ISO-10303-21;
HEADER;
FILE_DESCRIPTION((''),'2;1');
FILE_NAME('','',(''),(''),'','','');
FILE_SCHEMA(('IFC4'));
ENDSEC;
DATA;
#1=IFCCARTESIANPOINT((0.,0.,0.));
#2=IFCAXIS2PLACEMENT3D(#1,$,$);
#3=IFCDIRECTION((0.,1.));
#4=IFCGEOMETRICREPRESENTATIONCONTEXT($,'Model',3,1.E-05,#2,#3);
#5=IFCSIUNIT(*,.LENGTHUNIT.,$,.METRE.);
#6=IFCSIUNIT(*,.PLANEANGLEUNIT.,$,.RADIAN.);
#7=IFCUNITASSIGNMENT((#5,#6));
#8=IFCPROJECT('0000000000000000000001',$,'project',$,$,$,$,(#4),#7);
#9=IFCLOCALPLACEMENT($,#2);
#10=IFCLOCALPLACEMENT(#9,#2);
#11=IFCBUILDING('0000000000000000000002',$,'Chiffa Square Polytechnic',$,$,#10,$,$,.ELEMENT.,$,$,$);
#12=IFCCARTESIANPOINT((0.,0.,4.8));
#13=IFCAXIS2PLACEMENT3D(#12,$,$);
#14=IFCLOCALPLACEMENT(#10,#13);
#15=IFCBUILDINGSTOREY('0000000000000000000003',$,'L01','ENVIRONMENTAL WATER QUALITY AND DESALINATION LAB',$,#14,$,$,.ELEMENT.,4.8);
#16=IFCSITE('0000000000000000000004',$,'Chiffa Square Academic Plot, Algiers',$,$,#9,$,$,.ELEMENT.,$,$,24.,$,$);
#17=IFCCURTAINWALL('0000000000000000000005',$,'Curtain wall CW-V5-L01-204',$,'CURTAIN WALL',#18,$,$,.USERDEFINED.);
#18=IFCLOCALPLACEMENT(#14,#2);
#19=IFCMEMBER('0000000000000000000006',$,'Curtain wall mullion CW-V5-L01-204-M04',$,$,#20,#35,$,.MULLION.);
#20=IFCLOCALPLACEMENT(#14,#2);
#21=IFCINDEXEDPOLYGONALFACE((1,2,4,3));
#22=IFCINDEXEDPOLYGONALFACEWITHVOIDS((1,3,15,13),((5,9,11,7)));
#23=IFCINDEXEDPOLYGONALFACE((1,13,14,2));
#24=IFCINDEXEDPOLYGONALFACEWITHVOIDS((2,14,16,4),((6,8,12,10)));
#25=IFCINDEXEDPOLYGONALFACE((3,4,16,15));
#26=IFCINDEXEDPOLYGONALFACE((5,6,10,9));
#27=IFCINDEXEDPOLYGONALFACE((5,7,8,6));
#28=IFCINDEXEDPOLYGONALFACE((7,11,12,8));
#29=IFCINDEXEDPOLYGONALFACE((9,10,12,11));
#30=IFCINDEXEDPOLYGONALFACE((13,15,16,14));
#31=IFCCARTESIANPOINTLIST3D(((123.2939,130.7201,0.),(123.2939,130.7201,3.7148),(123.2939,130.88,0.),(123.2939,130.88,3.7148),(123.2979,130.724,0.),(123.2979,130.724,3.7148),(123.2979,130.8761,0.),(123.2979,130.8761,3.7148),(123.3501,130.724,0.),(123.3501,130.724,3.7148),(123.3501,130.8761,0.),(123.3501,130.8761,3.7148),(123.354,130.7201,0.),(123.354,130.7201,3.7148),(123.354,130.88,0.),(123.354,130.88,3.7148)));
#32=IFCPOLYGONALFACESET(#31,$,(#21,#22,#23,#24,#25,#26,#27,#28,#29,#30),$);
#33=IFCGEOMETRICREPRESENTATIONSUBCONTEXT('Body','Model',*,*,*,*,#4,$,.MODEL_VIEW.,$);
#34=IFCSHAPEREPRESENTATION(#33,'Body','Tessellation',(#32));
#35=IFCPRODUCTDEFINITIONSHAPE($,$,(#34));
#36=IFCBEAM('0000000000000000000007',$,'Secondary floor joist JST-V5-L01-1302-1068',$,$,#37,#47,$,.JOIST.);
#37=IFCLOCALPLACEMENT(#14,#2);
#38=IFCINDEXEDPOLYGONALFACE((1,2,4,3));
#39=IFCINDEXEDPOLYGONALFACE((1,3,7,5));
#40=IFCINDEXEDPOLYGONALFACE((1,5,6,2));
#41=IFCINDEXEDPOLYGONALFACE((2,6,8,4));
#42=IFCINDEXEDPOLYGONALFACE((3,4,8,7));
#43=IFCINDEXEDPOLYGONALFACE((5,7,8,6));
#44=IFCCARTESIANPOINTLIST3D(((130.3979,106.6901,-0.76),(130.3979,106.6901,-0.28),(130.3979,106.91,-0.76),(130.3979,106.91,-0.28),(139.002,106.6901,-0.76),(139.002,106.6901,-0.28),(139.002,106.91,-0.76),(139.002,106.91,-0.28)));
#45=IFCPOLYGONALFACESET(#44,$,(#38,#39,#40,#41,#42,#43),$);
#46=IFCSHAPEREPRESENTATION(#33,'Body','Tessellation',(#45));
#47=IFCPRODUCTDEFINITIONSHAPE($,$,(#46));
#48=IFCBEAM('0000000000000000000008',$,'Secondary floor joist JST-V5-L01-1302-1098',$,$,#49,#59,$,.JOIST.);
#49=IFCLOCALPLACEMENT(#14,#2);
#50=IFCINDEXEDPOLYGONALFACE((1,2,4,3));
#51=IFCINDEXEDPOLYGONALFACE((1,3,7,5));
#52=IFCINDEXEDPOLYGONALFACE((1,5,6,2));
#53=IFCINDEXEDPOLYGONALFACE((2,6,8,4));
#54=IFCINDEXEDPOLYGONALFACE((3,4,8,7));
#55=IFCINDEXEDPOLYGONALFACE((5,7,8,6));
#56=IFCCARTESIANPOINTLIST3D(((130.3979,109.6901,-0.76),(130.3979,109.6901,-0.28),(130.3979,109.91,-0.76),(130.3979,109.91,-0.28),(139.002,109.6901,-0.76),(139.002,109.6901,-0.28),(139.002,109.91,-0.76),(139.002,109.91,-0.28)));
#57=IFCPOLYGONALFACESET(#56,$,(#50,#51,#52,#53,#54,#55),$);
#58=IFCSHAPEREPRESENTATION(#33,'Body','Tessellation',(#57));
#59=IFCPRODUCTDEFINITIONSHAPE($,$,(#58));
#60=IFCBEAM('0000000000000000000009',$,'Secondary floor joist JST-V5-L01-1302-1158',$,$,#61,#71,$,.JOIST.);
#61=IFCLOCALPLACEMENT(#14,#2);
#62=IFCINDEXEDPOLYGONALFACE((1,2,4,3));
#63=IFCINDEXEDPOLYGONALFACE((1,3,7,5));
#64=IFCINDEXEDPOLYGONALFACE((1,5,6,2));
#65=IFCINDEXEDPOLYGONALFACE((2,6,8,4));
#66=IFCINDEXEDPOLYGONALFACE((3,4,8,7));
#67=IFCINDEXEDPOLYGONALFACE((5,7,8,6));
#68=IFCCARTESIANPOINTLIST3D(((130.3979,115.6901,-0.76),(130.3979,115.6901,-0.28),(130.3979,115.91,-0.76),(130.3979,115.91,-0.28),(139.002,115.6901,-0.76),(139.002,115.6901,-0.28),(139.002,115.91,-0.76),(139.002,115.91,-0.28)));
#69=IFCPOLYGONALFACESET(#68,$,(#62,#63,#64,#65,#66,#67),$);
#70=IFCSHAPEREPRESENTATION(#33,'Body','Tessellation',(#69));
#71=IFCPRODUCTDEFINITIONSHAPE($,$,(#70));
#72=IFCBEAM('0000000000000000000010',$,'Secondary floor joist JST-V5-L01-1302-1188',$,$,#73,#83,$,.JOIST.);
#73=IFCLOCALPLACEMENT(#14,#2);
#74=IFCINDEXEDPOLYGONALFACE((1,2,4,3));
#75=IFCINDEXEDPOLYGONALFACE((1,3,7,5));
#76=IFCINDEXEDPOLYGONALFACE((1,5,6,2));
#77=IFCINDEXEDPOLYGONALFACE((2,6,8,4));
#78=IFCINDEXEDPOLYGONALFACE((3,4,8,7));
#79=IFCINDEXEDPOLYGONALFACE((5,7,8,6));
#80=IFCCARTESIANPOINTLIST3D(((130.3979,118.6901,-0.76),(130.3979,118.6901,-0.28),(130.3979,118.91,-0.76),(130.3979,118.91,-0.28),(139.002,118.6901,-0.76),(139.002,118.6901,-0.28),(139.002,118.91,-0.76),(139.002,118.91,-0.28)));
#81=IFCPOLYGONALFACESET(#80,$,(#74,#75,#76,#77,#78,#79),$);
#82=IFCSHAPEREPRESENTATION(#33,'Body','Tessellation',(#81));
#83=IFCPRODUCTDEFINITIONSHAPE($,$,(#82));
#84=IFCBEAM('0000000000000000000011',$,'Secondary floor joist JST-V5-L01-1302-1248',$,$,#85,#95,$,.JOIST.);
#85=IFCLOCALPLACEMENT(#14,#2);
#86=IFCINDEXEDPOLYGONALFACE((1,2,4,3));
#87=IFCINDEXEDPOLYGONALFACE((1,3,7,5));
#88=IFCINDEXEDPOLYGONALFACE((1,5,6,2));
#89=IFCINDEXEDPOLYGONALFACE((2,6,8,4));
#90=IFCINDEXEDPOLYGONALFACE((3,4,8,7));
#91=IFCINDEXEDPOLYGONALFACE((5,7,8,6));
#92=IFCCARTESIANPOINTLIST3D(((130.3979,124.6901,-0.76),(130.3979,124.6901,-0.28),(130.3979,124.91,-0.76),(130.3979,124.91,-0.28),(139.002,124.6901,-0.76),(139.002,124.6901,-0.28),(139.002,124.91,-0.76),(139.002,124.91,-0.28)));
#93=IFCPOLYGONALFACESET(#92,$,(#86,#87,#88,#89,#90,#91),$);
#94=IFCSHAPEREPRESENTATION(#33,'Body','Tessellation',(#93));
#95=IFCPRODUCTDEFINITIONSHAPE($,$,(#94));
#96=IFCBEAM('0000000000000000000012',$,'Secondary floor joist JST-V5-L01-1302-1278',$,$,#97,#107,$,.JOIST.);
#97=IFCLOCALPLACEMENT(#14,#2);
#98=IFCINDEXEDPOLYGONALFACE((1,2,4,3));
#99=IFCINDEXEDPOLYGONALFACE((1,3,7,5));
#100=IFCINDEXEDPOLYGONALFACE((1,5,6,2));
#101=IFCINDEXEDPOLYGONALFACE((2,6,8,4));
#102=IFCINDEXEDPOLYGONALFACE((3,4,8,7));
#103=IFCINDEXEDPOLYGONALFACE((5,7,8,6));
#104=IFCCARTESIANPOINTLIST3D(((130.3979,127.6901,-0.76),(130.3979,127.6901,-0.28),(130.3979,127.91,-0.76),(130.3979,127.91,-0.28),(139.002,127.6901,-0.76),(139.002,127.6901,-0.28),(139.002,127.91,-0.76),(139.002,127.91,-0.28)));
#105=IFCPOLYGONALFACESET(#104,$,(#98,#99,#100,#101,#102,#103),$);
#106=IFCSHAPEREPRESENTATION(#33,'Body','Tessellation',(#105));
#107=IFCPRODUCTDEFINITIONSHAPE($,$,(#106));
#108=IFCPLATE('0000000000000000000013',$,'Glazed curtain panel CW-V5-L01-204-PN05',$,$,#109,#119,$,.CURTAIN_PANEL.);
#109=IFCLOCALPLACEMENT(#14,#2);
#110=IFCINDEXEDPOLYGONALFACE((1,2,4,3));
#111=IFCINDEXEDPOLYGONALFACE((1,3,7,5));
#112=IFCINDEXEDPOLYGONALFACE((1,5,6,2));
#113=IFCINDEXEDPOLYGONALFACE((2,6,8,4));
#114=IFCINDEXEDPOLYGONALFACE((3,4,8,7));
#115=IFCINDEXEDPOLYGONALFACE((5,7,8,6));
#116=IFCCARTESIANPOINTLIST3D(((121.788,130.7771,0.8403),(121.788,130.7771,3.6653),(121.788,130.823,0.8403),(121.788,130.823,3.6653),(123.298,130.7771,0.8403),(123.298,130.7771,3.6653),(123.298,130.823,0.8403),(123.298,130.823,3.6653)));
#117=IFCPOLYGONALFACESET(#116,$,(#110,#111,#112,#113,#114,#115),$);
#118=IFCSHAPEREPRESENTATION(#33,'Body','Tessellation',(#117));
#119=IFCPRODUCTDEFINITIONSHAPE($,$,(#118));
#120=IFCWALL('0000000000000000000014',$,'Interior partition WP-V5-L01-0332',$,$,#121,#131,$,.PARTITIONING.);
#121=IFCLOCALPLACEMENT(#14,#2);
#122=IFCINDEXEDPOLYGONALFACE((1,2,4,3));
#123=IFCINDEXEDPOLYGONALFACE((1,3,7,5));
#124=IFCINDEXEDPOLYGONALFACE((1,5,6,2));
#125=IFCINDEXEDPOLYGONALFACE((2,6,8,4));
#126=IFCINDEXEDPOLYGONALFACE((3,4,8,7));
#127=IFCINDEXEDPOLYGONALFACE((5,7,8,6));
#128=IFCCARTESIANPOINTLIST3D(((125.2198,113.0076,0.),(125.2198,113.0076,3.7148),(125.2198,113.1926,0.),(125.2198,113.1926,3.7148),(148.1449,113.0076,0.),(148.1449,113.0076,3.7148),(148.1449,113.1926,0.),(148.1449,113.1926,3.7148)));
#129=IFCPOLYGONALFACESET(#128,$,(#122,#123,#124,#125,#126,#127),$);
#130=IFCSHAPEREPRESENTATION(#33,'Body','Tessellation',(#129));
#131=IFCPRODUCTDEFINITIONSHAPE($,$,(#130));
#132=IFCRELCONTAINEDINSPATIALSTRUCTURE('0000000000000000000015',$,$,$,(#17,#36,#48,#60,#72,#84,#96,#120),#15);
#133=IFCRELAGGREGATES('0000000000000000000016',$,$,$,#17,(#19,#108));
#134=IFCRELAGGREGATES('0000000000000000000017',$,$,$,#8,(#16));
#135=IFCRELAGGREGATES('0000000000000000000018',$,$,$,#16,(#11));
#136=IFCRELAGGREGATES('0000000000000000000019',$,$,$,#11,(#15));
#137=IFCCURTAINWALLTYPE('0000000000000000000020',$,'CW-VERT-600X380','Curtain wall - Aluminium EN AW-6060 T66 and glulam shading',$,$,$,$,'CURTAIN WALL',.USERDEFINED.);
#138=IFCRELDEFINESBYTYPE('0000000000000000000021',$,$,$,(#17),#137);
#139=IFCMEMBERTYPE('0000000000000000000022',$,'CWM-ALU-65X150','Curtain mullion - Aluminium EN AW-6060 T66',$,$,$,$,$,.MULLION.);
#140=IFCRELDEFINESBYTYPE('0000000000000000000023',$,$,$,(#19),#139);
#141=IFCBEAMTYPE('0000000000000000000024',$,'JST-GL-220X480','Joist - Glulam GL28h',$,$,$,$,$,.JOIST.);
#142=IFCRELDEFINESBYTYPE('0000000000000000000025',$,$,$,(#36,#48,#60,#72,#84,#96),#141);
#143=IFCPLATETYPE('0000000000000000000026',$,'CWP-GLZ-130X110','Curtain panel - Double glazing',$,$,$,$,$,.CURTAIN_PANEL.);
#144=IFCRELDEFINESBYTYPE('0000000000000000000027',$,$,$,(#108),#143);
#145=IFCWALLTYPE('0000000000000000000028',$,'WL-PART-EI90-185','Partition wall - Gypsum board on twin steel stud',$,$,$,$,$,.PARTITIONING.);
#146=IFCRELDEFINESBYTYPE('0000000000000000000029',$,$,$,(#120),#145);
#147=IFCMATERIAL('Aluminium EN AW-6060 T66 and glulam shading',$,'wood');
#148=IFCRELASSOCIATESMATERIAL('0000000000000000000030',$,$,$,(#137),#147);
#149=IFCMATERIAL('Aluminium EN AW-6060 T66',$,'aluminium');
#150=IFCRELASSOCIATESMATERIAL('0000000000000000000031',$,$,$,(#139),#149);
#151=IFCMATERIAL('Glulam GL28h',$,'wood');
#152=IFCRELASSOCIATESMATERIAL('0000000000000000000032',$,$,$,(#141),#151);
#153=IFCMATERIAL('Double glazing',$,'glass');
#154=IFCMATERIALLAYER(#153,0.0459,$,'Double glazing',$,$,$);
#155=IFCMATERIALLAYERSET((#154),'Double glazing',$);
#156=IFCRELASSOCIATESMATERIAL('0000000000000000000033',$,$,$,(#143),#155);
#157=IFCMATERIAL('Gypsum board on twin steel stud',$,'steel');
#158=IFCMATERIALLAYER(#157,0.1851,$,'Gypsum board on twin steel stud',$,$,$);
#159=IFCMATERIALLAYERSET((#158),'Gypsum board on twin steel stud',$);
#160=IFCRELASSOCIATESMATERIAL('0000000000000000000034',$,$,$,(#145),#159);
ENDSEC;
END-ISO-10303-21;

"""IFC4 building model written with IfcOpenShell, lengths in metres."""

from ifc_helpers import new_model, si_unit, direction, frame, frame_2d, origin, origin_2d, place, context, subcontext, project, spatial, rectangle, hollow_rectangle, extrude, material, layer, layer_set, material_profile, profile_set, type_object, element, aggregate, save


model = new_model("IFC4")

# Units and contexts
model_context = context("Model", 3, precision=1e-05, world=origin(), true_north=direction((0.0, 1.0)))
body_context = subcontext(model_context, "Body", "Model", "MODEL_VIEW")
ifc_project = project(units=[si_unit("LENGTHUNIT", "METRE"), si_unit("PLANEANGLEUNIT", "RADIAN")], contexts=[model_context])

# Site, building, storey
site_placement = place(None, origin())
site = spatial("IfcSite", under=ifc_project, at=site_placement, Name="Chiffa Square Academic Plot, Algiers", CompositionType="ELEMENT", RefElevation=24.0)
building_placement = place(site_placement, origin())
building = spatial("IfcBuilding", under=site, at=building_placement, Name="Chiffa Square Polytechnic", CompositionType="ELEMENT")
storey_placement = place(building_placement, frame((0.0, 0.0, 4.8)))
storey = spatial("IfcBuildingStorey", under=building, at=storey_placement, Name="L01", Description="ENVIRONMENTAL WATER QUALITY AND DESALINATION LAB", CompositionType="ELEMENT", Elevation=4.8)

# Curtain wall, member
ifc_material_1 = material(Name="Aluminium EN AW-6060 T66 and glulam shading", Category="wood")
curtain_wall_type = type_object("IfcCurtainWallType", Name="CW-VERT-600X380", Description="Curtain wall - Aluminium EN AW-6060 T66 and glulam shading", ElementType="CURTAIN WALL", PredefinedType="USERDEFINED", material=ifc_material_1)
curtain_wall_placement = place(storey_placement, origin())
curtain_wall = element("IfcCurtainWall", 1, at=curtain_wall_placement, inside=storey, type_object=curtain_wall_type, Name="Curtain wall CW-V5-L01-204", ObjectType="CURTAIN WALL", PredefinedType="USERDEFINED")
ifc_material_2 = material(Name="Aluminium EN AW-6060 T66", Category="aluminium")
ifc_material_profile_1 = material_profile(ifc_material_2, hollow_rectangle(XDim=0.0601, YDim=0.1599, WallThickness=0.0039, at=origin_2d()), Name="ALU 60x160x4")
ifc_profile_set_1 = profile_set([ifc_material_profile_1], Name="Aluminium EN AW-6060 T66")
member_type = type_object("IfcMemberType", Name="CWM-ALU-65X150", Description="Curtain mullion - Aluminium EN AW-6060 T66", PredefinedType="MULLION", material=ifc_profile_set_1)
member_placement = place(storey_placement, frame((123.324, 130.8, 0.0), z_axis=(0.0, 0.0, 1.0), x_axis=(1.0, 0.0, 0.0)))
member = element("IfcMember", 2, at=member_placement, type_object=member_type, Name="Curtain wall mullion CW-V5-L01-204-M04", PredefinedType="MULLION", context=body_context, shape_type="SweptSolid", body=[
    extrude(hollow_rectangle(XDim=0.0601, YDim=0.1599, WallThickness=0.0039, at=origin_2d()), origin(), (0.0, 0.0, 1.0), 3.7148),
])

# Beams
ifc_material_3 = material(Name="Glulam GL28h", Category="wood")
ifc_material_profile_2 = material_profile(ifc_material_3, rectangle(XDim=0.22, YDim=0.48, at=origin_2d()), Name="GL28h 220x480")
ifc_profile_set_2 = profile_set([ifc_material_profile_2], Name="Glulam GL28h")
beam_type_1 = type_object("IfcBeamType", Name="JST-GL-220X480", Description="Joist - Glulam GL28h", PredefinedType="JOIST", material=ifc_profile_set_2)
for number, where, z_axis, x_axis, name in (
    (3, (130.3979, 106.8, -0.52), (1.0, 0.0, 0.0), (0.0, 1.0, 0.0), "Secondary floor joist JST-V5-L01-1302-1068"),
    (4, (130.3979, 109.8, -0.52), (1.0, 0.0, 0.0), (0.0, 1.0, 0.0), "Secondary floor joist JST-V5-L01-1302-1098"),
    (5, (130.3979, 115.8, -0.52), (1.0, 0.0, 0.0), (0.0, 1.0, 0.0), "Secondary floor joist JST-V5-L01-1302-1158"),
    (6, (130.3979, 118.8, -0.52), (1.0, 0.0, 0.0), (0.0, 1.0, 0.0), "Secondary floor joist JST-V5-L01-1302-1188"),
    (7, (130.3979, 124.8, -0.52), (1.0, 0.0, 0.0), (0.0, 1.0, 0.0), "Secondary floor joist JST-V5-L01-1302-1248"),
    (8, (130.3979, 127.8, -0.52), (1.0, 0.0, 0.0), (0.0, 1.0, 0.0), "Secondary floor joist JST-V5-L01-1302-1278"),
):
    element("IfcBeam", number, at=place(storey_placement, frame(where, z_axis=z_axis, x_axis=x_axis)), inside=storey, type_object=beam_type_1, Name=name, PredefinedType="JOIST", context=body_context, shape_type="SweptSolid", body=[
        extrude(rectangle(XDim=0.22, YDim=0.48, at=origin_2d()), origin(), (0.0, 0.0, 1.0), 8.604),
    ])

# Plate
ifc_material_4 = material(Name="Double glazing", Category="glass")
ifc_layer_1 = layer(ifc_material_4, 0.0459, Name="Double glazing")
ifc_layer_set_1 = layer_set([ifc_layer_1], Name="Double glazing")
plate_type = type_object("IfcPlateType", Name="CWP-GLZ-130X110", Description="Curtain panel - Double glazing", PredefinedType="CURTAIN_PANEL", material=ifc_layer_set_1)
plate_placement = place(storey_placement, frame((122.543, 130.8, 0.8403), z_axis=(0.0, 0.0, 1.0), x_axis=(-1.0, 0.0, 0.0)))
plate = element("IfcPlate", 9, at=plate_placement, type_object=plate_type, Name="Glazed curtain panel CW-V5-L01-204-PN05", PredefinedType="CURTAIN_PANEL", context=body_context, shape_type="SweptSolid", body=[
    extrude(rectangle(XDim=1.51, YDim=0.0459, at=origin_2d()), origin(), (0.0, 0.0, 1.0), 2.825),
])
aggregate(curtain_wall, [member, plate])

# Wall
ifc_material_5 = material(Name="Gypsum board on twin steel stud", Category="steel")
ifc_layer_2 = layer(ifc_material_5, 0.1851, Name="Gypsum board on twin steel stud")
ifc_layer_set_2 = layer_set([ifc_layer_2], Name="Gypsum board on twin steel stud")
wall_type = type_object("IfcWallType", Name="WL-PART-EI90-185", Description="Partition wall - Gypsum board on twin steel stud", PredefinedType="PARTITIONING", material=ifc_layer_set_2)
wall_placement = place(storey_placement, frame((125.22, 113.1001, 0.0), z_axis=(0.0, 0.0, 1.0), x_axis=(1.0, 0.0, 0.0)))
element("IfcWall", 10, at=wall_placement, inside=storey, type_object=wall_type, Name="Interior partition WP-V5-L01-0332", PredefinedType="PARTITIONING", context=body_context, shape_type="SweptSolid", body=[
    extrude(rectangle(XDim=22.925, YDim=0.1851, at=frame_2d((11.4624, 0.0))), origin(), (0.0, 0.0, 1.0), 3.7148),
])

save(model, "model.ifc")
